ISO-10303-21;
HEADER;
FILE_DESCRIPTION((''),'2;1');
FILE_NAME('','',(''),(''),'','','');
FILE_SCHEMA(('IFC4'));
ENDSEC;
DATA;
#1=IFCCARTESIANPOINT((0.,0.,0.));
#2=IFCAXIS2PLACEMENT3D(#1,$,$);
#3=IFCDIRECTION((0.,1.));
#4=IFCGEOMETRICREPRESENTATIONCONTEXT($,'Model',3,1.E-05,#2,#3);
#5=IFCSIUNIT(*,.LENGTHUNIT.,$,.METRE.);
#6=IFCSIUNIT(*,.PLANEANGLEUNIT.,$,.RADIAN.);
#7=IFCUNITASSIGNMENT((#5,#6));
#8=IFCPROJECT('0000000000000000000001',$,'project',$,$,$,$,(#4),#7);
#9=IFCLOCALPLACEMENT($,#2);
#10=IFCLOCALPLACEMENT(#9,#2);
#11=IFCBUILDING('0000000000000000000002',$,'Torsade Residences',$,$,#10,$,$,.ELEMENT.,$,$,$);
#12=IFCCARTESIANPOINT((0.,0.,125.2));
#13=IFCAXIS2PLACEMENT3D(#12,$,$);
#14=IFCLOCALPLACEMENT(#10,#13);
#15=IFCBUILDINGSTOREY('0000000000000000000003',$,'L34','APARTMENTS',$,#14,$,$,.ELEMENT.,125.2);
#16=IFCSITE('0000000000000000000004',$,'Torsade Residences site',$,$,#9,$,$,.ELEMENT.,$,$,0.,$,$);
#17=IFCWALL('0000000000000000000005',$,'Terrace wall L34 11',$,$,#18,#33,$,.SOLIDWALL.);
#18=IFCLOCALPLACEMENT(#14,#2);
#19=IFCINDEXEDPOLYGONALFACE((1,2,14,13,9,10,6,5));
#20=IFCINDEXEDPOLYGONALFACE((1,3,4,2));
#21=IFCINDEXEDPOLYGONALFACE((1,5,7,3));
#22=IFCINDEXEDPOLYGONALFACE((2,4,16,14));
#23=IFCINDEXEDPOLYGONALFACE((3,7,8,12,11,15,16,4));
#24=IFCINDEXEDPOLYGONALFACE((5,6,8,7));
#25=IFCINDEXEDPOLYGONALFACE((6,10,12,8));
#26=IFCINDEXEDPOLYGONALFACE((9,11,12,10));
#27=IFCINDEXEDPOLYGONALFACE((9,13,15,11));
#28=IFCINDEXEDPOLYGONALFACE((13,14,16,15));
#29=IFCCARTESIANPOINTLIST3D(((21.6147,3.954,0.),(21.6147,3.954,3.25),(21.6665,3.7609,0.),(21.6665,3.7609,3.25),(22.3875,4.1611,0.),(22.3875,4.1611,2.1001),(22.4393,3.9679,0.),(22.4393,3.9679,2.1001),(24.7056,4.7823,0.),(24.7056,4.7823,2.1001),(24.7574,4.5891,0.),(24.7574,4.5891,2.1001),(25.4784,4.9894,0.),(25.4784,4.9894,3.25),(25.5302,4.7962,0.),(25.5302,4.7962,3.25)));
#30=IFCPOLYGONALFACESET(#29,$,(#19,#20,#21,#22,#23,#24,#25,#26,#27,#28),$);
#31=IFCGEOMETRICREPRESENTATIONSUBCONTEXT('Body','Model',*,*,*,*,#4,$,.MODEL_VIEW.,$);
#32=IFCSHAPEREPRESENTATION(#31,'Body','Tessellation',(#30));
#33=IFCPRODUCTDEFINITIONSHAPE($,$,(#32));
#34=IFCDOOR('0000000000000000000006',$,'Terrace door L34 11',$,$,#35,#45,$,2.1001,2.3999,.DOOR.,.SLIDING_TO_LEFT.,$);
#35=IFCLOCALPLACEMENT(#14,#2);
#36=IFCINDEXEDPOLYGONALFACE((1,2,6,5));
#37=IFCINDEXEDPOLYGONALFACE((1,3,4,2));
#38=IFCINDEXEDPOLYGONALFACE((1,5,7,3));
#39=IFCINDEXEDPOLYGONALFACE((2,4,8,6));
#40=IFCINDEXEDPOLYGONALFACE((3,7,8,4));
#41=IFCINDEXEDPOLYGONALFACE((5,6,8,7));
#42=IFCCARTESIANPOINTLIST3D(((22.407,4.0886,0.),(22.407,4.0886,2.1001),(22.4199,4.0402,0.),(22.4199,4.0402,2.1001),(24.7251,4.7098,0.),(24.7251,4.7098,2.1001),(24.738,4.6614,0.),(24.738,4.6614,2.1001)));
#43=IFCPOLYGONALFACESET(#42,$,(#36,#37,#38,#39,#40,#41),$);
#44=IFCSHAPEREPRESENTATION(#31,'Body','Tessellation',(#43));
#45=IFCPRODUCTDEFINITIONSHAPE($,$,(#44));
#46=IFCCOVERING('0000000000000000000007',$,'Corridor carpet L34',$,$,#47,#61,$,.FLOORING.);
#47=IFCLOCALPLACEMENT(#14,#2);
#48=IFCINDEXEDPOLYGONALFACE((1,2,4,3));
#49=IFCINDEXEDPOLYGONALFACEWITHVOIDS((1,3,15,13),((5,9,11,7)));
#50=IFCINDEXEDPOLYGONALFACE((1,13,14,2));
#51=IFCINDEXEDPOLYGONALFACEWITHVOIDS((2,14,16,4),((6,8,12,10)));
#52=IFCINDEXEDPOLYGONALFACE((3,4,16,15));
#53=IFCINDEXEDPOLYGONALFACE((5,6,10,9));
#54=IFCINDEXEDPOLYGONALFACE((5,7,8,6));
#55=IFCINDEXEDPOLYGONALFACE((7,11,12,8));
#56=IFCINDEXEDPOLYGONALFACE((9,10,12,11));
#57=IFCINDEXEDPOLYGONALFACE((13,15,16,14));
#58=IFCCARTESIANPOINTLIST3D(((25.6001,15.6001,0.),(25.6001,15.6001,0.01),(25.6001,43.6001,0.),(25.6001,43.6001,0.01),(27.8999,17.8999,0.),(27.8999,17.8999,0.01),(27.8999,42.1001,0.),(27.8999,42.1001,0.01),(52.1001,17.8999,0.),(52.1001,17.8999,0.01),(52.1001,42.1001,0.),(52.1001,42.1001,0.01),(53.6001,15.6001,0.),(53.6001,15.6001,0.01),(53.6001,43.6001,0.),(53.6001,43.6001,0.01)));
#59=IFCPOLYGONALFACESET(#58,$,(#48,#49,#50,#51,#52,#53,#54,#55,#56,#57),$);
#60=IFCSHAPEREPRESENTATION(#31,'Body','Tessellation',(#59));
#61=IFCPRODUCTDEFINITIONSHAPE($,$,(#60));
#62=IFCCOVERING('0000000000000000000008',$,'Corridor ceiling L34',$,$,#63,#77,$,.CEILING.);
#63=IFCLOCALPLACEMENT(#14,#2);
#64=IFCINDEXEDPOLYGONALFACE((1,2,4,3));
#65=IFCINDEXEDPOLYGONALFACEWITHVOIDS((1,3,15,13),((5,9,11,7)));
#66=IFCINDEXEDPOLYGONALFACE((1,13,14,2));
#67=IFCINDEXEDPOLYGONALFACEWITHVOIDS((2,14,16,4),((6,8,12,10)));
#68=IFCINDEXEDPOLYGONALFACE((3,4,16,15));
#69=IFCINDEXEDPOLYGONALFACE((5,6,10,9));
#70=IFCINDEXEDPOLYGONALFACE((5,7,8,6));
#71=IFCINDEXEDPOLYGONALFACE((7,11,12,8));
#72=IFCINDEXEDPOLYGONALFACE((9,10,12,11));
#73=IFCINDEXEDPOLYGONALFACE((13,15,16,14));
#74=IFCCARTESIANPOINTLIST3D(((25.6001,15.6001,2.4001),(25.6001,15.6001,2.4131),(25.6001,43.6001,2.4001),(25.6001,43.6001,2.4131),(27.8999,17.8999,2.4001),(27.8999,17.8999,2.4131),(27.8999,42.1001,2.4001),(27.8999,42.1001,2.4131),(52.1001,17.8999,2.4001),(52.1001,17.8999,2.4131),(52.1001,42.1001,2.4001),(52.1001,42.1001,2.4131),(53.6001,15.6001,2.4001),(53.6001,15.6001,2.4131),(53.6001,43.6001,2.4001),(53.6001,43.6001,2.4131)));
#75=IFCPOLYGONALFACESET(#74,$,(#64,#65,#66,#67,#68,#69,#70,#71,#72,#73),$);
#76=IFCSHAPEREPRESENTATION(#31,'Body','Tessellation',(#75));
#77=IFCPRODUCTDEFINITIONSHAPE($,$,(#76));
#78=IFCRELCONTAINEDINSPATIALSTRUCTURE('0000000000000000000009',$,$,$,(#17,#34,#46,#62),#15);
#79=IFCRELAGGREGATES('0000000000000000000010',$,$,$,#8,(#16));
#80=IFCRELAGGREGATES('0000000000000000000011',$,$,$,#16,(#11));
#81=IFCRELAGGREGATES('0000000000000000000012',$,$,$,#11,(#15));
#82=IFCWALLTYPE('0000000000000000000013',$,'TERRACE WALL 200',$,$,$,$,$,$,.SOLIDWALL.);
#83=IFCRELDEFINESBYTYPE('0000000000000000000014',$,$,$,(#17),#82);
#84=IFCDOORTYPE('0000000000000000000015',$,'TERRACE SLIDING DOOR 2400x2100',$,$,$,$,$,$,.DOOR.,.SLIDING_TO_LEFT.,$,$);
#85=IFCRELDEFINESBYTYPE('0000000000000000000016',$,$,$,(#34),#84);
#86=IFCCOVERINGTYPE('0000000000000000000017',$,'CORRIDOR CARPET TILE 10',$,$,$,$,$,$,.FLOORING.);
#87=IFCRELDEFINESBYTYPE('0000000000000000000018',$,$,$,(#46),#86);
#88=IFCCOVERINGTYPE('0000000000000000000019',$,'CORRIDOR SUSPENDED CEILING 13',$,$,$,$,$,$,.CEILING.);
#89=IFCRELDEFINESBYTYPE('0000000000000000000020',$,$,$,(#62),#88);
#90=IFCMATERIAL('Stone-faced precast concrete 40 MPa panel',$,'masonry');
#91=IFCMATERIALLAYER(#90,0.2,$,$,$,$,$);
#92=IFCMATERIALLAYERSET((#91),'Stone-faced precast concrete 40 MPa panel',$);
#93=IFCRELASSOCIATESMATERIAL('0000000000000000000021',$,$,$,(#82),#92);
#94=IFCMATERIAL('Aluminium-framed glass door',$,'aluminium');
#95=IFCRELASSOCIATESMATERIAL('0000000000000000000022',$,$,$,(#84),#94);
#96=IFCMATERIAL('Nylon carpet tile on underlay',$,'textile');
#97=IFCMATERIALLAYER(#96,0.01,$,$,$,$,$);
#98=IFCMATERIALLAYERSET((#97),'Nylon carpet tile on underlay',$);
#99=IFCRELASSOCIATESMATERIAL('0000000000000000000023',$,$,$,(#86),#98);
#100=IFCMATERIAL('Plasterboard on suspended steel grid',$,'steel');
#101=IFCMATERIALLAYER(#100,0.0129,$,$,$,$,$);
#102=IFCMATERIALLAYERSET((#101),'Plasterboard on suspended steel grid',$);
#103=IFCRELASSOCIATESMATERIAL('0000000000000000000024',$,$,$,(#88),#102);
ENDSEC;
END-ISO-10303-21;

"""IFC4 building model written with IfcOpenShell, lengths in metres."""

from ifc_helpers import new_model, si_unit, direction, frame, frame_2d, origin, place, context, subcontext, project, spatial, polyline, rectangle, outline, extrude, material, layer, layer_set, type_object, element, fill, save


model = new_model("IFC4")

# Units and contexts
model_context = context("Model", 3, precision=1e-05, world=origin(), true_north=direction((0.0, 1.0)))
body_context = subcontext(model_context, "Body", "Model", "MODEL_VIEW")
ifc_project = project(units=[si_unit("LENGTHUNIT", "METRE"), si_unit("PLANEANGLEUNIT", "RADIAN")], contexts=[model_context])

# Site, building, storey
site_placement = place(None, origin())
site = spatial("IfcSite", under=ifc_project, at=site_placement, Name="Torsade Residences site", CompositionType="ELEMENT", RefElevation=0.0)
building_placement = place(site_placement, origin())
building = spatial("IfcBuilding", under=site, at=building_placement, Name="Torsade Residences", CompositionType="ELEMENT")
storey_placement = place(building_placement, frame((0.0, 0.0, 125.2)))
storey = spatial("IfcBuildingStorey", under=building, at=storey_placement, Name="L34", Description="APARTMENTS", CompositionType="ELEMENT", Elevation=125.2)

# Wall, opening, door
ifc_material_1 = material(Name="Stone-faced precast concrete 40 MPa panel", Category="masonry")
ifc_layer_1 = layer(ifc_material_1, 0.2)
ifc_layer_set_1 = layer_set([ifc_layer_1], Name="Stone-faced precast concrete 40 MPa panel")
wall_type_1 = type_object("IfcWallType", Name="TERRACE WALL 200", PredefinedType="SOLIDWALL", material=ifc_layer_set_1)
wall_1_placement = place(storey_placement, frame((21.6406, 3.8574, 0.0), z_axis=(0.0, 0.0, 1.0), x_axis=(0.965919, 0.258844, 0.0)))
wall_1 = element("IfcWall", 1, at=wall_1_placement, inside=storey, type_object=wall_type_1, Name="Terrace wall L34 11", PredefinedType="SOLIDWALL", context=body_context, shape_type="SweptSolid", body=[
    extrude(rectangle(XDim=4.0, YDim=0.2, at=frame_2d((2.0, 0.0))), origin(), (0.0, 0.0, 1.0), 3.25),
])
opening_1_placement = place(wall_1_placement, frame((0.8, 0.0, 0.0)))
opening_1 = element("IfcOpeningElement", 2, at=opening_1_placement, cuts=wall_1, PredefinedType="OPENING", context=body_context, shape_type="SweptSolid", body=[
    extrude(rectangle(XDim=2.3999, YDim=2.1001, at=frame_2d((1.2, 1.05))), frame((0.0, 0.1099, 0.0), z_axis=(0.0, -1.0, 0.0), x_axis=(1.0, 0.0, 0.0)), (0.0, 0.0, 1.0), 0.22),
])
ifc_material_2 = material(Name="Aluminium-framed glass door", Category="aluminium")
door_type_1 = type_object("IfcDoorType", Name="TERRACE SLIDING DOOR 2400x2100", OperationType="SLIDING_TO_LEFT", PredefinedType="DOOR", material=ifc_material_2)
door_1_placement = place(opening_1_placement, origin())
door_1 = element("IfcDoor", 3, at=door_1_placement, inside=storey, type_object=door_type_1, Name="Terrace door L34 11", OperationType="SLIDING_TO_LEFT", OverallHeight=2.1001, OverallWidth=2.3999, PredefinedType="DOOR", context=body_context, shape_type="SweptSolid", body=[
    extrude(rectangle(XDim=2.3999, YDim=2.1001, at=frame_2d((1.2, 1.05))), frame((0.0, 0.0249, 0.0), z_axis=(0.0, -1.0, 0.0), x_axis=(1.0, 0.0, 0.0)), (0.0, 0.0, 1.0), 0.05),
])
fill(opening_1, door_1)

# Coverings
ifc_material_3 = material(Name="Nylon carpet tile on underlay", Category="textile")
ifc_layer_2 = layer(ifc_material_3, 0.01)
ifc_layer_set_2 = layer_set([ifc_layer_2], Name="Nylon carpet tile on underlay")
covering_type_1 = type_object("IfcCoveringType", Name="CORRIDOR CARPET TILE 10", PredefinedType="FLOORING", material=ifc_layer_set_2)
covering_1_placement = place(storey_placement, origin())
element("IfcCovering", 4, at=covering_1_placement, inside=storey, type_object=covering_type_1, Name="Corridor carpet L34", PredefinedType="FLOORING", context=body_context, shape_type="SweptSolid", body=[
    extrude(outline(polyline([(53.6001, 15.6001), (53.6001, 43.6001), (25.6001, 43.6001), (25.6001, 15.6001), (53.6001, 15.6001)]), holes=[polyline([(52.1001, 42.1001), (27.8999, 42.1001), (27.8999, 17.8999), (52.1001, 17.8999), (52.1001, 42.1001)])]), origin(), (0.0, 0.0, 1.0), 0.01),
])
ifc_material_4 = material(Name="Plasterboard on suspended steel grid", Category="steel")
ifc_layer_3 = layer(ifc_material_4, 0.0129)
ifc_layer_set_3 = layer_set([ifc_layer_3], Name="Plasterboard on suspended steel grid")
covering_type_2 = type_object("IfcCoveringType", Name="CORRIDOR SUSPENDED CEILING 13", PredefinedType="CEILING", material=ifc_layer_set_3)
covering_2_placement = place(storey_placement, frame((0.0, 0.0, 2.4001)))
element("IfcCovering", 5, at=covering_2_placement, inside=storey, type_object=covering_type_2, Name="Corridor ceiling L34", PredefinedType="CEILING", context=body_context, shape_type="SweptSolid", body=[
    extrude(outline(polyline([(53.6001, 15.6001), (53.6001, 43.6001), (25.6001, 43.6001), (25.6001, 15.6001), (53.6001, 15.6001)]), holes=[polyline([(52.1001, 42.1001), (27.8999, 42.1001), (27.8999, 17.8999), (52.1001, 17.8999), (52.1001, 42.1001)])]), origin(), (0.0, 0.0, 1.0), 0.0129),
])

save(model, "model.ifc")
